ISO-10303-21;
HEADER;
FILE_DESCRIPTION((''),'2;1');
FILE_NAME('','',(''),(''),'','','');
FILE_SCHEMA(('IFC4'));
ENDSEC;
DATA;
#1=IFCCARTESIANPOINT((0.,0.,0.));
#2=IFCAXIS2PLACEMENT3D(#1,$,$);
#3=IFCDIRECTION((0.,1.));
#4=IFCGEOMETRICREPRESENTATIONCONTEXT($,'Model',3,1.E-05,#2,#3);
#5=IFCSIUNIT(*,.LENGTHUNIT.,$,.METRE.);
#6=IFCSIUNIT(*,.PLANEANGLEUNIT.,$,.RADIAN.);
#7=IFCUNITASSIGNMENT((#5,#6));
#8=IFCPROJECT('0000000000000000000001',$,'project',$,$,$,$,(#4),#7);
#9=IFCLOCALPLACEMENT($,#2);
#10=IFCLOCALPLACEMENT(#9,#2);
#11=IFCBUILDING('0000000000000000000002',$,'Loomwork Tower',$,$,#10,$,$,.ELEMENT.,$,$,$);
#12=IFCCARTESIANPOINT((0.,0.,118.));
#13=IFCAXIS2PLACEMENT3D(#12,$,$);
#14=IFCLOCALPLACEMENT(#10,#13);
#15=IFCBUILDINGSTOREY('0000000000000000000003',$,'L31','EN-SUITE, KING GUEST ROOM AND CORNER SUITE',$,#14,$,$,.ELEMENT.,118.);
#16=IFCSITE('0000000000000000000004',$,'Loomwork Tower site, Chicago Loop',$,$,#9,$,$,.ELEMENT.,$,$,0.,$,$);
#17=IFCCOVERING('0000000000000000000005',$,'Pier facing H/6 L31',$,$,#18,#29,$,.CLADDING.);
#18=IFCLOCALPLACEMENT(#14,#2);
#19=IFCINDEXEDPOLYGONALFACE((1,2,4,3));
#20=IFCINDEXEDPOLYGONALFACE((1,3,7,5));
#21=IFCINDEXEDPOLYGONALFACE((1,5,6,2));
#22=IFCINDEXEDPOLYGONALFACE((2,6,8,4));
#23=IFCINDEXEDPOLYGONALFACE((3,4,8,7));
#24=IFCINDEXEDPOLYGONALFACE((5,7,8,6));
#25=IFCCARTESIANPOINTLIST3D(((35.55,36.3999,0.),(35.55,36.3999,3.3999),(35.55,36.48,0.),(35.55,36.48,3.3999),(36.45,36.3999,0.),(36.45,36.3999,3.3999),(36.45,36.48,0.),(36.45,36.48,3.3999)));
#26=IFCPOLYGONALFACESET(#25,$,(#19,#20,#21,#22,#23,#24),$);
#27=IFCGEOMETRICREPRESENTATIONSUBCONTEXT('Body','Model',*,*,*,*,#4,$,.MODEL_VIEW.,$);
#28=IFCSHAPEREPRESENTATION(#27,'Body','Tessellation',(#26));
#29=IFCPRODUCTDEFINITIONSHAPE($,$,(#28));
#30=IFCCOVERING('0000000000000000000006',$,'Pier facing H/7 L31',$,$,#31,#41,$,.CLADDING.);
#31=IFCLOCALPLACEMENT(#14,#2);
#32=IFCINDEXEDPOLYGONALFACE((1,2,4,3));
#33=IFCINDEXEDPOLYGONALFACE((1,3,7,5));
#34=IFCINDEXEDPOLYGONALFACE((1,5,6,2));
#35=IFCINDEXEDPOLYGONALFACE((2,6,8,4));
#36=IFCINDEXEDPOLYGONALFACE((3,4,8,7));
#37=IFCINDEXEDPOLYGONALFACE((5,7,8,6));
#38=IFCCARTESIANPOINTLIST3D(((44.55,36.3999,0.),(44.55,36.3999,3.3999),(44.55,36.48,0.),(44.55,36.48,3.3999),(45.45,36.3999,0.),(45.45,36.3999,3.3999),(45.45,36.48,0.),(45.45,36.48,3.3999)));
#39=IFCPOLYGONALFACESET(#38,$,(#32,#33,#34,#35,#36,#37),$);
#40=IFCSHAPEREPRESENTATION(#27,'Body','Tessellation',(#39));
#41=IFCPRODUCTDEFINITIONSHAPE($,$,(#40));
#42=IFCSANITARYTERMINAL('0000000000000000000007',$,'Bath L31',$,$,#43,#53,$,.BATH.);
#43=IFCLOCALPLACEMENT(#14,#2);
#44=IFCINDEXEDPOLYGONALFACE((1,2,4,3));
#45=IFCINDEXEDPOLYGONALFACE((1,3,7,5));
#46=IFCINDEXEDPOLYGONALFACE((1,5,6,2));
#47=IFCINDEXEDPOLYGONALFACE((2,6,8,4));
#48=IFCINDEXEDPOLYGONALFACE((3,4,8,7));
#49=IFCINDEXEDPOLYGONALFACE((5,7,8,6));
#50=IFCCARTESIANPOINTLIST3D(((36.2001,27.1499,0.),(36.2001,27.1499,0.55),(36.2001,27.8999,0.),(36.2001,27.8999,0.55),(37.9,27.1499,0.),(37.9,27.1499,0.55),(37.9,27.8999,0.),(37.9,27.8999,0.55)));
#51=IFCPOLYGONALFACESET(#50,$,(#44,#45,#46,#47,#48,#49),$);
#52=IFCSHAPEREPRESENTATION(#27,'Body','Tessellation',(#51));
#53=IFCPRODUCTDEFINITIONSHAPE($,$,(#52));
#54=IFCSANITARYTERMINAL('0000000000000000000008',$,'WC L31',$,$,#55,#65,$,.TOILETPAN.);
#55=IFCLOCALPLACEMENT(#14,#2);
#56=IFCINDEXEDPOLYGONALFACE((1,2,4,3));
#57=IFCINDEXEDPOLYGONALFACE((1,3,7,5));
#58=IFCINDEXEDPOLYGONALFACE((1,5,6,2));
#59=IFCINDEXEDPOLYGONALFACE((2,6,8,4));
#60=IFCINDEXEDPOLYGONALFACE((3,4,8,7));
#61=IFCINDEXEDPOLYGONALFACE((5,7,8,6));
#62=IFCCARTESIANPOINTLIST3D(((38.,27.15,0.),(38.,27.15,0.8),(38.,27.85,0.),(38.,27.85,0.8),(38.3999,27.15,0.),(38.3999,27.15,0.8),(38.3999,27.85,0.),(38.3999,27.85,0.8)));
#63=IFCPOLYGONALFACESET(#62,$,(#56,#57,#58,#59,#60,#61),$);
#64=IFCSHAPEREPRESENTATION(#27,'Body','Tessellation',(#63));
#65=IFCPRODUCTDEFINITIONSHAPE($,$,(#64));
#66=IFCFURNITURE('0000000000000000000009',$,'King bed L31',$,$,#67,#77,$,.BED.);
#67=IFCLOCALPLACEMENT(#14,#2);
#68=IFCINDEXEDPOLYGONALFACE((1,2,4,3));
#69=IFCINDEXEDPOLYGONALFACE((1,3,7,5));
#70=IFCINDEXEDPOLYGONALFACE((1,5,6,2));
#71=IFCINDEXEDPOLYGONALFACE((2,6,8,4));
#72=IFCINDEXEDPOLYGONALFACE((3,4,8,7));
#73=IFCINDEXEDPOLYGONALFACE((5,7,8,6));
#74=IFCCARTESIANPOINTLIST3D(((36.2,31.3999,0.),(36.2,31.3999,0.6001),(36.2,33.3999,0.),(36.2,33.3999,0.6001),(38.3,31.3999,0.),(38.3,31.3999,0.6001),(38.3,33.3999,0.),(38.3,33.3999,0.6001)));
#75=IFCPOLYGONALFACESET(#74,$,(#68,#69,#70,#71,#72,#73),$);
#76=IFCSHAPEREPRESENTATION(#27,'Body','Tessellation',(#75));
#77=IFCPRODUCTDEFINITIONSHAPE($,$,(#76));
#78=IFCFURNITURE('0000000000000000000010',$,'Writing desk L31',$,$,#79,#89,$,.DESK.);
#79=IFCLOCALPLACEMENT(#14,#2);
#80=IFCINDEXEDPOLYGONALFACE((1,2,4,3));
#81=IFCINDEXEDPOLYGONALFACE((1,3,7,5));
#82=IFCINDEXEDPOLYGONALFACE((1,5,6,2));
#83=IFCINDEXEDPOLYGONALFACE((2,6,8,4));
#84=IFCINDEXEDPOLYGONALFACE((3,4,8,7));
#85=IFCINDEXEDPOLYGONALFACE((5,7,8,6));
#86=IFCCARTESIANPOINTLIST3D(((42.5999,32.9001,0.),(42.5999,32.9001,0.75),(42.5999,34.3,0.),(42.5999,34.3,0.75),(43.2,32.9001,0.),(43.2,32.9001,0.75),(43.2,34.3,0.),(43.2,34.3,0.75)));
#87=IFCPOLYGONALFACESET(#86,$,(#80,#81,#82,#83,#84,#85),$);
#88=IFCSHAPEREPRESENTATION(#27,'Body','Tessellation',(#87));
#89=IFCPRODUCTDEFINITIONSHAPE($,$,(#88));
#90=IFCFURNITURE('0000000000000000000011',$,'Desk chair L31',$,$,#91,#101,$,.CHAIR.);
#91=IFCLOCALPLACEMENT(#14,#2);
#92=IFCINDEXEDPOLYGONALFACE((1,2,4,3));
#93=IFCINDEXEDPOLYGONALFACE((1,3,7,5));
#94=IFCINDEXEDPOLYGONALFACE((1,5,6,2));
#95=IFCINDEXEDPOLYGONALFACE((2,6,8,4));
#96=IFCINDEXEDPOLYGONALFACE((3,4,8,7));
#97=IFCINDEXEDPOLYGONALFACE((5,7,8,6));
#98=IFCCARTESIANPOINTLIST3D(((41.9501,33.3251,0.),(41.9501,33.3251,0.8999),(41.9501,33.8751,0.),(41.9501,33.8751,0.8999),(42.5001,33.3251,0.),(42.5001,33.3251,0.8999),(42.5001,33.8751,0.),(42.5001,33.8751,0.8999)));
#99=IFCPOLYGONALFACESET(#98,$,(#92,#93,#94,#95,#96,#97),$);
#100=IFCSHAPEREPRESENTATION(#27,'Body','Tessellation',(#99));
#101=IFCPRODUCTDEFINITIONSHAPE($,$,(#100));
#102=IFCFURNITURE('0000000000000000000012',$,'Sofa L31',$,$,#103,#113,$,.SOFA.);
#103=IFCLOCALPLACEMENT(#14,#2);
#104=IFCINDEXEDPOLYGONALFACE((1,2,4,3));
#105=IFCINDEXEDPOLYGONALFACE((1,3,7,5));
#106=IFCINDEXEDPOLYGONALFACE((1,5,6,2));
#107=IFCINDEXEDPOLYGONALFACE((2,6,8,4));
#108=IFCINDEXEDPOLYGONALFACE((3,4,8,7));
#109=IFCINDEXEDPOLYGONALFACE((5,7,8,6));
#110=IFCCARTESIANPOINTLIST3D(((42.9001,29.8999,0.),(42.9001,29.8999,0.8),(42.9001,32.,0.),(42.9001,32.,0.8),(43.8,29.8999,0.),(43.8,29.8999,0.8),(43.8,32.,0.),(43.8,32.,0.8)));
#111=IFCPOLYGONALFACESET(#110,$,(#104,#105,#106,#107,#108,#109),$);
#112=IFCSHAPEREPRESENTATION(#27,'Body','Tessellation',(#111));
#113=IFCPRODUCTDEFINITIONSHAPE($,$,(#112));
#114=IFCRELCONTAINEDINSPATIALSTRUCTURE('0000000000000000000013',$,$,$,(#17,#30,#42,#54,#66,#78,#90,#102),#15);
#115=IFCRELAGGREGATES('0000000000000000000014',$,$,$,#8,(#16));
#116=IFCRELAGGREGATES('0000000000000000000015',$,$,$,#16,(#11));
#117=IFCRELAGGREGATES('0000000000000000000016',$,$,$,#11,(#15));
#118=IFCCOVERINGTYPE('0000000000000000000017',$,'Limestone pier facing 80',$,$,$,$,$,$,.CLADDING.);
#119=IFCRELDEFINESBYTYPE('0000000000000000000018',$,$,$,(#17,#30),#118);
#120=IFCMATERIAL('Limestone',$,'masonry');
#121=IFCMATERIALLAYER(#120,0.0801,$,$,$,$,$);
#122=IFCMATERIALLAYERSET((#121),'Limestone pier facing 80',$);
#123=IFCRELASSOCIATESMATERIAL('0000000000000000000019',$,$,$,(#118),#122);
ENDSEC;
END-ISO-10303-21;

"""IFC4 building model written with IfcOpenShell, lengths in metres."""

from ifc_helpers import new_model, si_unit, direction, frame, origin, origin_2d, place, context, subcontext, project, spatial, rectangle, extrude, material, layer, layer_set, type_object, element, save


model = new_model("IFC4")

# Units and contexts
model_context = context("Model", 3, precision=1e-05, world=origin(), true_north=direction((0.0, 1.0)))
body_context = subcontext(model_context, "Body", "Model", "MODEL_VIEW")
ifc_project = project(units=[si_unit("LENGTHUNIT", "METRE"), si_unit("PLANEANGLEUNIT", "RADIAN")], contexts=[model_context])

# Site, building, storey
site_placement = place(None, origin())
site = spatial("IfcSite", under=ifc_project, at=site_placement, Name="Loomwork Tower site, Chicago Loop", CompositionType="ELEMENT", RefElevation=0.0)
building_placement = place(site_placement, origin())
building = spatial("IfcBuilding", under=site, at=building_placement, Name="Loomwork Tower", CompositionType="ELEMENT")
storey_placement = place(building_placement, frame((0.0, 0.0, 118.0)))
storey = spatial("IfcBuildingStorey", under=building, at=storey_placement, Name="L31", Description="EN-SUITE, KING GUEST ROOM AND CORNER SUITE", CompositionType="ELEMENT", Elevation=118.0)

# Coverings
ifc_material_1 = material(Name="Limestone", Category="masonry")
ifc_layer_1 = layer(ifc_material_1, 0.0801)
ifc_layer_set_1 = layer_set([ifc_layer_1], Name="Limestone pier facing 80")
covering_type = type_object("IfcCoveringType", Name="Limestone pier facing 80", PredefinedType="CLADDING", material=ifc_layer_set_1)
for number, where, z_axis, x_axis, name in (
    (1, (36.0, 36.4399, 0.0), (0.0, 0.0, 1.0), (1.0, 0.0, 0.0), "Pier facing H/6 L31"),
    (2, (45.0, 36.4399, 0.0), (0.0, 0.0, 1.0), (1.0, 0.0, 0.0), "Pier facing H/7 L31"),
):
    element("IfcCovering", number, at=place(storey_placement, frame(where, z_axis=z_axis, x_axis=x_axis)), inside=storey, type_object=covering_type, Name=name, PredefinedType="CLADDING", context=body_context, shape_type="SweptSolid", body=[
        extrude(rectangle(XDim=0.8999, YDim=0.0801, at=origin_2d()), origin(), (0.0, 0.0, 1.0), 3.3999),
    ])

# Sanitary terminals
sanitary_terminal_1_placement = place(storey_placement, frame((37.05, 27.5249, 0.0), z_axis=(0.0, 0.0, 1.0), x_axis=(1.0, 0.0, 0.0)))
element("IfcSanitaryTerminal", 3, at=sanitary_terminal_1_placement, inside=storey, Name="Bath L31", PredefinedType="BATH", context=body_context, shape_type="SweptSolid", body=[
    extrude(rectangle(XDim=1.7, YDim=0.75, at=origin_2d()), origin(), (0.0, 0.0, 1.0), 0.55),
])
sanitary_terminal_2_placement = place(storey_placement, frame((38.2, 27.5, 0.0), z_axis=(0.0, 0.0, 1.0), x_axis=(1.0, 0.0, 0.0)))
element("IfcSanitaryTerminal", 4, at=sanitary_terminal_2_placement, inside=storey, Name="WC L31", PredefinedType="TOILETPAN", context=body_context, shape_type="SweptSolid", body=[
    extrude(rectangle(XDim=0.3999, YDim=0.7, at=origin_2d()), origin(), (0.0, 0.0, 1.0), 0.8),
])

# Furniture
furniture_1_placement = place(storey_placement, frame((37.25, 32.3999, 0.0), z_axis=(0.0, 0.0, 1.0), x_axis=(1.0, 0.0, 0.0)))
element("IfcFurniture", 5, at=furniture_1_placement, inside=storey, Name="King bed L31", PredefinedType="BED", context=body_context, shape_type="SweptSolid", body=[
    extrude(rectangle(XDim=2.1001, YDim=2.0, at=origin_2d()), origin(), (0.0, 0.0, 1.0), 0.6001),
])
furniture_2_placement = place(storey_placement, frame((42.8999, 33.6001, 0.0), z_axis=(0.0, 0.0, 1.0), x_axis=(1.0, 0.0, 0.0)))
element("IfcFurniture", 6, at=furniture_2_placement, inside=storey, Name="Writing desk L31", PredefinedType="DESK", context=body_context, shape_type="SweptSolid", body=[
    extrude(rectangle(XDim=0.6001, YDim=1.3999, at=origin_2d()), origin(), (0.0, 0.0, 1.0), 0.75),
])
furniture_3_placement = place(storey_placement, frame((42.2251, 33.6001, 0.0), z_axis=(0.0, 0.0, 1.0), x_axis=(1.0, 0.0, 0.0)))
element("IfcFurniture", 7, at=furniture_3_placement, inside=storey, Name="Desk chair L31", PredefinedType="CHAIR", context=body_context, shape_type="SweptSolid", body=[
    extrude(rectangle(XDim=0.55, YDim=0.55, at=origin_2d()), origin(), (0.0, 0.0, 1.0), 0.8999),
])
furniture_4_placement = place(storey_placement, frame((43.3501, 30.95, 0.0), z_axis=(0.0, 0.0, 1.0), x_axis=(1.0, 0.0, 0.0)))
element("IfcFurniture", 8, at=furniture_4_placement, inside=storey, Name="Sofa L31", PredefinedType="SOFA", context=body_context, shape_type="SweptSolid", body=[
    extrude(rectangle(XDim=0.8999, YDim=2.1001, at=origin_2d()), origin(), (0.0, 0.0, 1.0), 0.8),
])

save(model, "model.ifc")
